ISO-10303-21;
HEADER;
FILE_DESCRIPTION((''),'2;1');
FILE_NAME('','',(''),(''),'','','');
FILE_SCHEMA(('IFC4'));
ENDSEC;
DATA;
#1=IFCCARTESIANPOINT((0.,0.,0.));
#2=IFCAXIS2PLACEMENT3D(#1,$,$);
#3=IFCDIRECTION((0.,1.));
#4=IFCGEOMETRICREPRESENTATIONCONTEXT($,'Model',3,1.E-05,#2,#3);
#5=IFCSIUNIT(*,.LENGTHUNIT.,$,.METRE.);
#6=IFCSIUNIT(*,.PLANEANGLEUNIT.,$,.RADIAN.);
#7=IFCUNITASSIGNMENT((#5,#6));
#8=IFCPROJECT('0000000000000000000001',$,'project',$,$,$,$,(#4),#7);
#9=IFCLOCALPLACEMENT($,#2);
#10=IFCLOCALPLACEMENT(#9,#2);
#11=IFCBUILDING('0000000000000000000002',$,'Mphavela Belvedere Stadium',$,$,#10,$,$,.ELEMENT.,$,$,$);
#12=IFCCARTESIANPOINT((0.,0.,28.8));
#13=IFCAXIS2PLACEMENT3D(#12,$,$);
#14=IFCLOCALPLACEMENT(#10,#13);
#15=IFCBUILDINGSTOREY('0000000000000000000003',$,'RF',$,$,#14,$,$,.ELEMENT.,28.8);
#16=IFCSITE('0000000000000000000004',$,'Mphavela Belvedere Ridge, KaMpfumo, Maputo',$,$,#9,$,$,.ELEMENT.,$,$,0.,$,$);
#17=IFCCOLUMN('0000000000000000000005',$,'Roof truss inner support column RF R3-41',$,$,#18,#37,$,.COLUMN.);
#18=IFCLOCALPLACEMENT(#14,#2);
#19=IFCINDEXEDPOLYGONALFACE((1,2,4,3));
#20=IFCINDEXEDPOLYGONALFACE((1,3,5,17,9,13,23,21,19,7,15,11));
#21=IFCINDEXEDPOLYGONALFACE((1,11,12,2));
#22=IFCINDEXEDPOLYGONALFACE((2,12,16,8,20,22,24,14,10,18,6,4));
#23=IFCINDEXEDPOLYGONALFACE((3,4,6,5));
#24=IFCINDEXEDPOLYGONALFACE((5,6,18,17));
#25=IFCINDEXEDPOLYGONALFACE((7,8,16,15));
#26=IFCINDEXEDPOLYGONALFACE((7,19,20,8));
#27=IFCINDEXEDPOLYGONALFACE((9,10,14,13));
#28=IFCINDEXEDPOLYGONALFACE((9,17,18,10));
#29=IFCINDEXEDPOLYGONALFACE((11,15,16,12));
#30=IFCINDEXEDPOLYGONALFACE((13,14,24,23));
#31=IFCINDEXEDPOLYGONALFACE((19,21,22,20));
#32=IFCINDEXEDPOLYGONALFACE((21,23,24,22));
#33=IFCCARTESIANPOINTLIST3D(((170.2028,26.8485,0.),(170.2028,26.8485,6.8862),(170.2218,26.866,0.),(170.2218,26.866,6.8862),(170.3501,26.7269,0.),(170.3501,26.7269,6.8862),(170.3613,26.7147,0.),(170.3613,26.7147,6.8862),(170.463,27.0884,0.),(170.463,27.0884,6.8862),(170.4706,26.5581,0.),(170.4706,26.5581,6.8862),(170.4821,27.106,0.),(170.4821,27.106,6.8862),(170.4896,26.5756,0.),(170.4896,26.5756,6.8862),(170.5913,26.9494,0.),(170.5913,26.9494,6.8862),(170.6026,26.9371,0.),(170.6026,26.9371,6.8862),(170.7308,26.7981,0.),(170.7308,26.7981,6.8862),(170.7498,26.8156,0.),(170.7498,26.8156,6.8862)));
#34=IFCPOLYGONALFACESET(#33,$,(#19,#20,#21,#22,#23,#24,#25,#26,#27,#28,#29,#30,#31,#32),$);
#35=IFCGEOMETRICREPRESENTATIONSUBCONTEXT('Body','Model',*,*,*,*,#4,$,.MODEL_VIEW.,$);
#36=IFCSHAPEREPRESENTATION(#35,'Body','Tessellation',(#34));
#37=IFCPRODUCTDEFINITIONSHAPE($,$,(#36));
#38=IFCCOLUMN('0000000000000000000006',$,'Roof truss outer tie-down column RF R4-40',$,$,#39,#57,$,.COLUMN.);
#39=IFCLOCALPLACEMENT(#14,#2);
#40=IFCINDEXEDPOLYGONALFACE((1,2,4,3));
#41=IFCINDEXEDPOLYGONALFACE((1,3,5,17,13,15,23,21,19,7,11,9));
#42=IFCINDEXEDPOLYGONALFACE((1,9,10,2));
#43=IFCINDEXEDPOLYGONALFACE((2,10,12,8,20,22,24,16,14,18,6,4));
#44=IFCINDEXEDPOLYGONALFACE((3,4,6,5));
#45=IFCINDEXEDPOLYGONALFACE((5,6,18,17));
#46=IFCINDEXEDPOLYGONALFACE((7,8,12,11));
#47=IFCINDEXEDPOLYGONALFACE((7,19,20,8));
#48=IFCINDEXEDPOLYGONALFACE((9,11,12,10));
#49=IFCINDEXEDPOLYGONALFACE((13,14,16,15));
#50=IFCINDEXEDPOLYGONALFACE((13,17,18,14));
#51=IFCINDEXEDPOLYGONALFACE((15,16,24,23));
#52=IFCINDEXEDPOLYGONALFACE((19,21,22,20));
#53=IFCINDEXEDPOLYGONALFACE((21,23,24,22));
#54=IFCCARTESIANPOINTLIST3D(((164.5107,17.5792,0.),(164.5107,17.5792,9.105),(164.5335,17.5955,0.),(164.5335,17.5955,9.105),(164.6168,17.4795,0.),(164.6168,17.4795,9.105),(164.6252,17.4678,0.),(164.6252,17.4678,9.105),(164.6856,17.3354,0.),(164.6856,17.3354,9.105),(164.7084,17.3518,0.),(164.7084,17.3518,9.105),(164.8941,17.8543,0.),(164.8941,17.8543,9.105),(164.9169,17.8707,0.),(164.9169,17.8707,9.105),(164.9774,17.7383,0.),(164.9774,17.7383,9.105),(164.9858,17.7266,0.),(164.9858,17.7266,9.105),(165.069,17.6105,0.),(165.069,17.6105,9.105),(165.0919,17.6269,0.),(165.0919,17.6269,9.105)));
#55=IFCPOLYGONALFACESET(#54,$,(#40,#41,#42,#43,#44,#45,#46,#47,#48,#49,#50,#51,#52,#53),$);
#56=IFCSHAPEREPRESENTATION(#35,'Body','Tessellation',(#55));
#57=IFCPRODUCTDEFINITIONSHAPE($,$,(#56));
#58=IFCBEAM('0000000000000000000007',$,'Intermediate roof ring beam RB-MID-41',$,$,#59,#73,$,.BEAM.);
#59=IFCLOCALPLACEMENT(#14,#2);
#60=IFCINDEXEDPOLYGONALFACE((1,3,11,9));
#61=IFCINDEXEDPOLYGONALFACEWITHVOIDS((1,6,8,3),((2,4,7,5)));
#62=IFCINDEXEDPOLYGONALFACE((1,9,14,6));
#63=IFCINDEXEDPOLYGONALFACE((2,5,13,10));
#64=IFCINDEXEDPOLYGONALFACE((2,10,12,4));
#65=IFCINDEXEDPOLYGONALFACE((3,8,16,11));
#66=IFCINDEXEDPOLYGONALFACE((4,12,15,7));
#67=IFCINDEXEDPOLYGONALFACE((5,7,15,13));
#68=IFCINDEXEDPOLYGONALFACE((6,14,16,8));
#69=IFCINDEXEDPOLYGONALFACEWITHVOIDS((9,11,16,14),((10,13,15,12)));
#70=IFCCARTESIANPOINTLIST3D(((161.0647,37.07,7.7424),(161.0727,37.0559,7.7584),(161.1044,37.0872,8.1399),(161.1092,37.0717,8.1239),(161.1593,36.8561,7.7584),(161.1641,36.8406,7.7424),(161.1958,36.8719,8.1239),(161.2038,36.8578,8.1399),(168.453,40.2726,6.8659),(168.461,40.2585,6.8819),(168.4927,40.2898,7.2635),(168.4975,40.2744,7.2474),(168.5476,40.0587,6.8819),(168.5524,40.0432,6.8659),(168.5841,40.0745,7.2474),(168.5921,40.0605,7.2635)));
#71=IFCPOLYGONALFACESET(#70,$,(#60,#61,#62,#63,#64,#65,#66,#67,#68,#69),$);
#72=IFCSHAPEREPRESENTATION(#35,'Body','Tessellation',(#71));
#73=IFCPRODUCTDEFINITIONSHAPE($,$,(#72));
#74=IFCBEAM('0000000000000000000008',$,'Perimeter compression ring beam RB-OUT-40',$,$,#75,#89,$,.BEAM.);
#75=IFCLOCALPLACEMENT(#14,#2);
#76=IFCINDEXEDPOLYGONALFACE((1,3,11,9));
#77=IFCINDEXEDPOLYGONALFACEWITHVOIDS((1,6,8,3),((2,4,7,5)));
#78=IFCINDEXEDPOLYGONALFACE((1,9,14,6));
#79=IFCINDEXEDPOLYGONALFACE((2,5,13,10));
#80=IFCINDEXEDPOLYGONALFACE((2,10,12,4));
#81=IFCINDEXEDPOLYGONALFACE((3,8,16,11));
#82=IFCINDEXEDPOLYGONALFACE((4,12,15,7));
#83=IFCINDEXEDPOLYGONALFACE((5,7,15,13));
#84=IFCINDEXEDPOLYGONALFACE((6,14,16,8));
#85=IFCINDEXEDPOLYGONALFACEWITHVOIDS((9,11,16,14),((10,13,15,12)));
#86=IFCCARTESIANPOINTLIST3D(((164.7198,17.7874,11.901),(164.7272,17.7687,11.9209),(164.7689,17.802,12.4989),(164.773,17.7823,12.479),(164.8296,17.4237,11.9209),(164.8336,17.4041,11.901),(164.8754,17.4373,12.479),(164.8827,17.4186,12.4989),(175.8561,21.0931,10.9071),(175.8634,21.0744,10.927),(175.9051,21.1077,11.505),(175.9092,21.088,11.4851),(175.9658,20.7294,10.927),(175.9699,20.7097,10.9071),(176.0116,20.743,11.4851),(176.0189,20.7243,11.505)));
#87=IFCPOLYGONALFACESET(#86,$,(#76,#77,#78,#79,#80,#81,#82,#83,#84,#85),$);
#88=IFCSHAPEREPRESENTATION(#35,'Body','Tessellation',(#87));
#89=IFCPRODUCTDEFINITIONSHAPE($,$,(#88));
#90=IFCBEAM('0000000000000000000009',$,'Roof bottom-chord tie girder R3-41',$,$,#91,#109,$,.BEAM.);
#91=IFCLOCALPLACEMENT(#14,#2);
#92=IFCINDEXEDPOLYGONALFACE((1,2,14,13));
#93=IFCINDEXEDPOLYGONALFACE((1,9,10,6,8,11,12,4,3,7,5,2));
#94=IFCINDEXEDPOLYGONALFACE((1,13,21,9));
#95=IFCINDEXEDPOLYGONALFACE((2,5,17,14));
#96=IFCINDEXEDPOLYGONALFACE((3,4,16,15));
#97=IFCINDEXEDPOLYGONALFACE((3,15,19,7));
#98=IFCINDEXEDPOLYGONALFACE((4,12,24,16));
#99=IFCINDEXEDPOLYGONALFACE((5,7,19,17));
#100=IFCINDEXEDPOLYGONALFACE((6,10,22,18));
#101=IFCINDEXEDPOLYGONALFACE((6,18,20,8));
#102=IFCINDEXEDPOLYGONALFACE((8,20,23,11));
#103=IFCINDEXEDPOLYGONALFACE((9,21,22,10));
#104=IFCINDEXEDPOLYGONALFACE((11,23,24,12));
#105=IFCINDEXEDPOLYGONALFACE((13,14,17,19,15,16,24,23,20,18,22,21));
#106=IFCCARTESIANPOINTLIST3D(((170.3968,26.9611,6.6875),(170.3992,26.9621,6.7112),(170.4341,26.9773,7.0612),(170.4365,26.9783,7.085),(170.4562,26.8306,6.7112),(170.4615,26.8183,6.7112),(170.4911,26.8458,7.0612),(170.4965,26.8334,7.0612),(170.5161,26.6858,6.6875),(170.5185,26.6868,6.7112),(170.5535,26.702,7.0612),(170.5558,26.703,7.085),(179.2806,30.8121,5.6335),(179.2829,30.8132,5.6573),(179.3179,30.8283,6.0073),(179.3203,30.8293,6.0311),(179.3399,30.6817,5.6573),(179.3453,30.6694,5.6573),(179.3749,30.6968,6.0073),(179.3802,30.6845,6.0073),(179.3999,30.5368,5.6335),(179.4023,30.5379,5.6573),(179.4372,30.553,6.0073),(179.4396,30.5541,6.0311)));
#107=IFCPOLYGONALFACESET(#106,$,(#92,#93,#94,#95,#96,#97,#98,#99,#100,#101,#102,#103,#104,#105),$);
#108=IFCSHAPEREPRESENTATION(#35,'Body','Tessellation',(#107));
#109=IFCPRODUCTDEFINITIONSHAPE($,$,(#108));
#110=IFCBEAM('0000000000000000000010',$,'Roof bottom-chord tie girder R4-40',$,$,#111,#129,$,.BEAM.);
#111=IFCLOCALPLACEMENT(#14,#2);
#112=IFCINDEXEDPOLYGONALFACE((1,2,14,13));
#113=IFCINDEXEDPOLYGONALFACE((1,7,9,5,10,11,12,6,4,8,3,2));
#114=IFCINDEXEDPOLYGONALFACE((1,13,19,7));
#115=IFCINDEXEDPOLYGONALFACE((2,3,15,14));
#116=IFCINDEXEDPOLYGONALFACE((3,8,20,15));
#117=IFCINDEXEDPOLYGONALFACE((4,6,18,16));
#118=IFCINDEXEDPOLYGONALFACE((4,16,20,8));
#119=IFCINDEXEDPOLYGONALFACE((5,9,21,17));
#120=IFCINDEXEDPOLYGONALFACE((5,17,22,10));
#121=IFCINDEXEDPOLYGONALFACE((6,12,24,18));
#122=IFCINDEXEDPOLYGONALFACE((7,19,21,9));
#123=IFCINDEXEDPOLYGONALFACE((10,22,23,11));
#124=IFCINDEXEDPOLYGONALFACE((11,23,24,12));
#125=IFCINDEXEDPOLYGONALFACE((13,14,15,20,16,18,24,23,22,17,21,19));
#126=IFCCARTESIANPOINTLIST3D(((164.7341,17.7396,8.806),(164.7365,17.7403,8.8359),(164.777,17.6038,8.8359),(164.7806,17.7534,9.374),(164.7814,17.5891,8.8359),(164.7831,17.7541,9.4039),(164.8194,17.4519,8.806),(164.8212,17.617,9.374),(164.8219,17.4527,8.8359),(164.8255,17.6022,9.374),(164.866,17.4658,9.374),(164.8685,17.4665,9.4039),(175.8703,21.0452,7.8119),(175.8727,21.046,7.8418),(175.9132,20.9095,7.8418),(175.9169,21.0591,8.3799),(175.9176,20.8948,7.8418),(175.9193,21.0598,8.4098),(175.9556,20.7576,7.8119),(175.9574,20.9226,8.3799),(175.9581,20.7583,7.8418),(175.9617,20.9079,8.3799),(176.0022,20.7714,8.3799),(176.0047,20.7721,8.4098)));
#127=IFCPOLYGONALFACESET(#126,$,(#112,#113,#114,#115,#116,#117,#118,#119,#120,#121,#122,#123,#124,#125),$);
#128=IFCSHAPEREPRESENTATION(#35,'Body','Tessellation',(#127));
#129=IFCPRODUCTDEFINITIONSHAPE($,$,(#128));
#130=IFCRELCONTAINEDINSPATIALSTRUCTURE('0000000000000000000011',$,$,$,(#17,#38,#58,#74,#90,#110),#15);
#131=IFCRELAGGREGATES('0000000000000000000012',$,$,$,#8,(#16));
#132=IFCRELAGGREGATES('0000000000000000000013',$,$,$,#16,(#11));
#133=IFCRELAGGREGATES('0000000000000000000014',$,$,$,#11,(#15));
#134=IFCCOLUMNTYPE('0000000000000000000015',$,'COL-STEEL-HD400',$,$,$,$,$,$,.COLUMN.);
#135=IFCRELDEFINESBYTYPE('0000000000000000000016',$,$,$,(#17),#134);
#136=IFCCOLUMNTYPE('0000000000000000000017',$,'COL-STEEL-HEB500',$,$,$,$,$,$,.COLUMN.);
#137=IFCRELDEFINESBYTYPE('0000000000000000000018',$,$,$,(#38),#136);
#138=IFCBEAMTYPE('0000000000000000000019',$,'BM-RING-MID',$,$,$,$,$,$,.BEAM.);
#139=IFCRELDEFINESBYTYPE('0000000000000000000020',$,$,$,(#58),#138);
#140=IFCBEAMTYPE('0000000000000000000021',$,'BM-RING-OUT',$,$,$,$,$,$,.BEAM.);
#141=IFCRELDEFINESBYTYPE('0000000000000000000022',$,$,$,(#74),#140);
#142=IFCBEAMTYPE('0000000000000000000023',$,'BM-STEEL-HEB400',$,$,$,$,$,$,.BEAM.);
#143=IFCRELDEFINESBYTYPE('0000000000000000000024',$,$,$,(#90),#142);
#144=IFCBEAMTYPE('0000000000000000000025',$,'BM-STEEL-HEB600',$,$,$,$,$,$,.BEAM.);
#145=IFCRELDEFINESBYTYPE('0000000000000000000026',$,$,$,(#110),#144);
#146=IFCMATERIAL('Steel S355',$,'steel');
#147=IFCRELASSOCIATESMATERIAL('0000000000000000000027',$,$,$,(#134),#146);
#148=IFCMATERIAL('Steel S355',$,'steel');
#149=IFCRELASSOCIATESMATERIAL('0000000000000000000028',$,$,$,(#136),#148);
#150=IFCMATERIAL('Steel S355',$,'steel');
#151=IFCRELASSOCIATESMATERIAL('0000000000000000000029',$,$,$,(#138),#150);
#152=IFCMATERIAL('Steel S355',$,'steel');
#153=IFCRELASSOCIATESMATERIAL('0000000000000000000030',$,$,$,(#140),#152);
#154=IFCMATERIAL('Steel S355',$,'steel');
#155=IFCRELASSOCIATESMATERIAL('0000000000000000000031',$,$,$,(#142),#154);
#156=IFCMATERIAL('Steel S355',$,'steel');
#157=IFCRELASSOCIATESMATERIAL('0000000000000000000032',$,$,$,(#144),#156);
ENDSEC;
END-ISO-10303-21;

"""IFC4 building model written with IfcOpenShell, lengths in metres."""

from ifc_helpers import new_model, si_unit, direction, frame, origin, origin_2d, place, context, subcontext, project, spatial, hollow_rectangle, i_section, extrude, material, material_profile, profile_set, type_object, element, save


model = new_model("IFC4")

# Units and contexts
model_context = context("Model", 3, precision=1e-05, world=origin(), true_north=direction((0.0, 1.0)))
body_context = subcontext(model_context, "Body", "Model", "MODEL_VIEW")
ifc_project = project(units=[si_unit("LENGTHUNIT", "METRE"), si_unit("PLANEANGLEUNIT", "RADIAN")], contexts=[model_context])

# Site, building, storey
site_placement = place(None, origin())
site = spatial("IfcSite", under=ifc_project, at=site_placement, Name="Mphavela Belvedere Ridge, KaMpfumo, Maputo", CompositionType="ELEMENT", RefElevation=0.0)
building_placement = place(site_placement, origin())
building = spatial("IfcBuilding", under=site, at=building_placement, Name="Mphavela Belvedere Stadium", CompositionType="ELEMENT")
storey_placement = place(building_placement, frame((0.0, 0.0, 28.8)))
storey = spatial("IfcBuildingStorey", under=building, at=storey_placement, Name="RF", CompositionType="ELEMENT", Elevation=28.8)

# Columns
ifc_material_1 = material(Name="Steel S355", Category="steel")
ifc_material_profile_1 = material_profile(ifc_material_1, i_section(OverallWidth=0.395, OverallDepth=0.3799, WebThickness=0.0166, FlangeThickness=0.0259, at=origin_2d()), Name="HD 400x237")
ifc_profile_set_1 = profile_set([ifc_material_profile_1], Name="Steel S355")
column_type_1 = type_object("IfcColumnType", Name="COL-STEEL-HD400", PredefinedType="COLUMN", material=ifc_profile_set_1)
column_1_placement = place(storey_placement, frame((170.4763, 26.832, 0.0), z_axis=(0.0, 0.0, 1.0), x_axis=(0.677903, -0.735151, 0.0)))
element("IfcColumn", 1, at=column_1_placement, inside=storey, type_object=column_type_1, Name="Roof truss inner support column RF R3-41", PredefinedType="COLUMN", context=body_context, shape_type="SweptSolid", body=[
    extrude(i_section(OverallWidth=0.395, OverallDepth=0.3799, WebThickness=0.0166, FlangeThickness=0.0259, at=origin_2d()), origin(), (0.0, 0.0, 1.0), 6.8862),
])
ifc_material_2 = material(Name="Steel S355", Category="steel")
ifc_material_profile_2 = material_profile(ifc_material_2, i_section(OverallWidth=0.3, OverallDepth=0.5, WebThickness=0.0144, FlangeThickness=0.0281, at=origin_2d()), Name="HEB 500")
ifc_profile_set_2 = profile_set([ifc_material_profile_2], Name="Steel S355")
column_type_2 = type_object("IfcColumnType", Name="COL-STEEL-HEB500", PredefinedType="COLUMN", material=ifc_profile_set_2)
column_2_placement = place(storey_placement, frame((164.8013, 17.603, 0.0), z_axis=(0.0, 0.0, 1.0), x_axis=(0.582974, -0.812491, 0.0)))
element("IfcColumn", 2, at=column_2_placement, inside=storey, type_object=column_type_2, Name="Roof truss outer tie-down column RF R4-40", PredefinedType="COLUMN", context=body_context, shape_type="SweptSolid", body=[
    extrude(i_section(OverallWidth=0.3, OverallDepth=0.5, WebThickness=0.0144, FlangeThickness=0.0281, at=origin_2d()), origin(), (0.0, 0.0, 1.0), 9.105),
])

# Beams
ifc_material_3 = material(Name="Steel S355", Category="steel")
ifc_material_profile_3 = material_profile(ifc_material_3, hollow_rectangle(XDim=0.25, YDim=0.3999, WallThickness=0.0161, at=origin_2d()), Name="RHS 400x250x16")
ifc_profile_set_3 = profile_set([ifc_material_profile_3], Name="Steel S355")
beam_type_1 = type_object("IfcBeamType", Name="BM-RING-MID", PredefinedType="BEAM", material=ifc_profile_set_3)
beam_1_placement = place(storey_placement, frame((161.1343, 36.9639, 7.9412), z_axis=(0.912119, 0.395386, -0.108205), x_axis=(-0.397721, 0.917506, 0.0)))
element("IfcBeam", 3, at=beam_1_placement, inside=storey, type_object=beam_type_1, Name="Intermediate roof ring beam RB-MID-41", PredefinedType="BEAM", context=body_context, shape_type="SweptSolid", body=[
    extrude(hollow_rectangle(XDim=0.25, YDim=0.3999, WallThickness=0.0161, at=origin_2d()), origin(), (0.0, 0.0, 1.0), 8.1001),
])
ifc_material_4 = material(Name="Steel S355", Category="steel")
ifc_material_profile_4 = material_profile(ifc_material_4, hollow_rectangle(XDim=0.3999, YDim=0.6001, WallThickness=0.02, at=origin_2d()), Name="RHS 600x400x20")
ifc_profile_set_4 = profile_set([ifc_material_profile_4], Name="Steel S355")
beam_type_2 = type_object("IfcBeamType", Name="BM-RING-OUT", PredefinedType="BEAM", material=ifc_profile_set_4)
beam_2_placement = place(storey_placement, frame((164.8013, 17.603, 12.2), z_axis=(0.955167, 0.28353, -0.085248), x_axis=(-0.284566, 0.958656, 0.0)))
element("IfcBeam", 4, at=beam_2_placement, inside=storey, type_object=beam_type_2, Name="Perimeter compression ring beam RB-OUT-40", PredefinedType="BEAM", context=body_context, shape_type="SweptSolid", body=[
    extrude(hollow_rectangle(XDim=0.3999, YDim=0.6001, WallThickness=0.02, at=origin_2d()), origin(), (0.0, 0.0, 1.0), 11.6589),
])
ifc_material_5 = material(Name="Steel S355", Category="steel")
ifc_material_profile_5 = material_profile(ifc_material_5, i_section(OverallWidth=0.3, OverallDepth=0.3999, WebThickness=0.0134, FlangeThickness=0.0239, at=origin_2d()), Name="HEB 400")
ifc_profile_set_5 = profile_set([ifc_material_profile_5], Name="Steel S355")
beam_type_3 = type_object("IfcBeamType", Name="BM-STEEL-HEB400", PredefinedType="BEAM", material=ifc_profile_set_5)
beam_3_placement = place(storey_placement, frame((170.4763, 26.832, 6.8862), z_axis=(0.912114, 0.395396, -0.108211), x_axis=(-0.397732, 0.917502, 0.0)))
element("IfcBeam", 5, at=beam_3_placement, inside=storey, type_object=beam_type_3, Name="Roof bottom-chord tie girder R3-41", PredefinedType="BEAM", context=body_context, shape_type="SweptSolid", body=[
    extrude(i_section(OverallWidth=0.3, OverallDepth=0.3999, WebThickness=0.0134, FlangeThickness=0.0239, at=origin_2d()), origin(), (0.0, 0.0, 1.0), 9.7397),
])
ifc_material_6 = material(Name="Steel S355", Category="steel")
ifc_material_profile_6 = material_profile(ifc_material_6, i_section(OverallWidth=0.3, OverallDepth=0.6001, WebThickness=0.0154, FlangeThickness=0.03, at=origin_2d()), Name="HEB 600")
ifc_profile_set_6 = profile_set([ifc_material_profile_6], Name="Steel S355")
beam_type_4 = type_object("IfcBeamType", Name="BM-STEEL-HEB600", PredefinedType="BEAM", material=ifc_profile_set_6)
beam_4_placement = place(storey_placement, frame((164.8013, 17.603, 9.105), z_axis=(0.955165, 0.28353, -0.085268), x_axis=(-0.284566, 0.958656, 0.0)))
element("IfcBeam", 6, at=beam_4_placement, inside=storey, type_object=beam_type_4, Name="Roof bottom-chord tie girder R4-40", PredefinedType="BEAM", context=body_context, shape_type="SweptSolid", body=[
    extrude(i_section(OverallWidth=0.3, OverallDepth=0.6001, WebThickness=0.0154, FlangeThickness=0.03, at=origin_2d()), origin(), (0.0, 0.0, 1.0), 11.6589),
])

save(model, "model.ifc")
